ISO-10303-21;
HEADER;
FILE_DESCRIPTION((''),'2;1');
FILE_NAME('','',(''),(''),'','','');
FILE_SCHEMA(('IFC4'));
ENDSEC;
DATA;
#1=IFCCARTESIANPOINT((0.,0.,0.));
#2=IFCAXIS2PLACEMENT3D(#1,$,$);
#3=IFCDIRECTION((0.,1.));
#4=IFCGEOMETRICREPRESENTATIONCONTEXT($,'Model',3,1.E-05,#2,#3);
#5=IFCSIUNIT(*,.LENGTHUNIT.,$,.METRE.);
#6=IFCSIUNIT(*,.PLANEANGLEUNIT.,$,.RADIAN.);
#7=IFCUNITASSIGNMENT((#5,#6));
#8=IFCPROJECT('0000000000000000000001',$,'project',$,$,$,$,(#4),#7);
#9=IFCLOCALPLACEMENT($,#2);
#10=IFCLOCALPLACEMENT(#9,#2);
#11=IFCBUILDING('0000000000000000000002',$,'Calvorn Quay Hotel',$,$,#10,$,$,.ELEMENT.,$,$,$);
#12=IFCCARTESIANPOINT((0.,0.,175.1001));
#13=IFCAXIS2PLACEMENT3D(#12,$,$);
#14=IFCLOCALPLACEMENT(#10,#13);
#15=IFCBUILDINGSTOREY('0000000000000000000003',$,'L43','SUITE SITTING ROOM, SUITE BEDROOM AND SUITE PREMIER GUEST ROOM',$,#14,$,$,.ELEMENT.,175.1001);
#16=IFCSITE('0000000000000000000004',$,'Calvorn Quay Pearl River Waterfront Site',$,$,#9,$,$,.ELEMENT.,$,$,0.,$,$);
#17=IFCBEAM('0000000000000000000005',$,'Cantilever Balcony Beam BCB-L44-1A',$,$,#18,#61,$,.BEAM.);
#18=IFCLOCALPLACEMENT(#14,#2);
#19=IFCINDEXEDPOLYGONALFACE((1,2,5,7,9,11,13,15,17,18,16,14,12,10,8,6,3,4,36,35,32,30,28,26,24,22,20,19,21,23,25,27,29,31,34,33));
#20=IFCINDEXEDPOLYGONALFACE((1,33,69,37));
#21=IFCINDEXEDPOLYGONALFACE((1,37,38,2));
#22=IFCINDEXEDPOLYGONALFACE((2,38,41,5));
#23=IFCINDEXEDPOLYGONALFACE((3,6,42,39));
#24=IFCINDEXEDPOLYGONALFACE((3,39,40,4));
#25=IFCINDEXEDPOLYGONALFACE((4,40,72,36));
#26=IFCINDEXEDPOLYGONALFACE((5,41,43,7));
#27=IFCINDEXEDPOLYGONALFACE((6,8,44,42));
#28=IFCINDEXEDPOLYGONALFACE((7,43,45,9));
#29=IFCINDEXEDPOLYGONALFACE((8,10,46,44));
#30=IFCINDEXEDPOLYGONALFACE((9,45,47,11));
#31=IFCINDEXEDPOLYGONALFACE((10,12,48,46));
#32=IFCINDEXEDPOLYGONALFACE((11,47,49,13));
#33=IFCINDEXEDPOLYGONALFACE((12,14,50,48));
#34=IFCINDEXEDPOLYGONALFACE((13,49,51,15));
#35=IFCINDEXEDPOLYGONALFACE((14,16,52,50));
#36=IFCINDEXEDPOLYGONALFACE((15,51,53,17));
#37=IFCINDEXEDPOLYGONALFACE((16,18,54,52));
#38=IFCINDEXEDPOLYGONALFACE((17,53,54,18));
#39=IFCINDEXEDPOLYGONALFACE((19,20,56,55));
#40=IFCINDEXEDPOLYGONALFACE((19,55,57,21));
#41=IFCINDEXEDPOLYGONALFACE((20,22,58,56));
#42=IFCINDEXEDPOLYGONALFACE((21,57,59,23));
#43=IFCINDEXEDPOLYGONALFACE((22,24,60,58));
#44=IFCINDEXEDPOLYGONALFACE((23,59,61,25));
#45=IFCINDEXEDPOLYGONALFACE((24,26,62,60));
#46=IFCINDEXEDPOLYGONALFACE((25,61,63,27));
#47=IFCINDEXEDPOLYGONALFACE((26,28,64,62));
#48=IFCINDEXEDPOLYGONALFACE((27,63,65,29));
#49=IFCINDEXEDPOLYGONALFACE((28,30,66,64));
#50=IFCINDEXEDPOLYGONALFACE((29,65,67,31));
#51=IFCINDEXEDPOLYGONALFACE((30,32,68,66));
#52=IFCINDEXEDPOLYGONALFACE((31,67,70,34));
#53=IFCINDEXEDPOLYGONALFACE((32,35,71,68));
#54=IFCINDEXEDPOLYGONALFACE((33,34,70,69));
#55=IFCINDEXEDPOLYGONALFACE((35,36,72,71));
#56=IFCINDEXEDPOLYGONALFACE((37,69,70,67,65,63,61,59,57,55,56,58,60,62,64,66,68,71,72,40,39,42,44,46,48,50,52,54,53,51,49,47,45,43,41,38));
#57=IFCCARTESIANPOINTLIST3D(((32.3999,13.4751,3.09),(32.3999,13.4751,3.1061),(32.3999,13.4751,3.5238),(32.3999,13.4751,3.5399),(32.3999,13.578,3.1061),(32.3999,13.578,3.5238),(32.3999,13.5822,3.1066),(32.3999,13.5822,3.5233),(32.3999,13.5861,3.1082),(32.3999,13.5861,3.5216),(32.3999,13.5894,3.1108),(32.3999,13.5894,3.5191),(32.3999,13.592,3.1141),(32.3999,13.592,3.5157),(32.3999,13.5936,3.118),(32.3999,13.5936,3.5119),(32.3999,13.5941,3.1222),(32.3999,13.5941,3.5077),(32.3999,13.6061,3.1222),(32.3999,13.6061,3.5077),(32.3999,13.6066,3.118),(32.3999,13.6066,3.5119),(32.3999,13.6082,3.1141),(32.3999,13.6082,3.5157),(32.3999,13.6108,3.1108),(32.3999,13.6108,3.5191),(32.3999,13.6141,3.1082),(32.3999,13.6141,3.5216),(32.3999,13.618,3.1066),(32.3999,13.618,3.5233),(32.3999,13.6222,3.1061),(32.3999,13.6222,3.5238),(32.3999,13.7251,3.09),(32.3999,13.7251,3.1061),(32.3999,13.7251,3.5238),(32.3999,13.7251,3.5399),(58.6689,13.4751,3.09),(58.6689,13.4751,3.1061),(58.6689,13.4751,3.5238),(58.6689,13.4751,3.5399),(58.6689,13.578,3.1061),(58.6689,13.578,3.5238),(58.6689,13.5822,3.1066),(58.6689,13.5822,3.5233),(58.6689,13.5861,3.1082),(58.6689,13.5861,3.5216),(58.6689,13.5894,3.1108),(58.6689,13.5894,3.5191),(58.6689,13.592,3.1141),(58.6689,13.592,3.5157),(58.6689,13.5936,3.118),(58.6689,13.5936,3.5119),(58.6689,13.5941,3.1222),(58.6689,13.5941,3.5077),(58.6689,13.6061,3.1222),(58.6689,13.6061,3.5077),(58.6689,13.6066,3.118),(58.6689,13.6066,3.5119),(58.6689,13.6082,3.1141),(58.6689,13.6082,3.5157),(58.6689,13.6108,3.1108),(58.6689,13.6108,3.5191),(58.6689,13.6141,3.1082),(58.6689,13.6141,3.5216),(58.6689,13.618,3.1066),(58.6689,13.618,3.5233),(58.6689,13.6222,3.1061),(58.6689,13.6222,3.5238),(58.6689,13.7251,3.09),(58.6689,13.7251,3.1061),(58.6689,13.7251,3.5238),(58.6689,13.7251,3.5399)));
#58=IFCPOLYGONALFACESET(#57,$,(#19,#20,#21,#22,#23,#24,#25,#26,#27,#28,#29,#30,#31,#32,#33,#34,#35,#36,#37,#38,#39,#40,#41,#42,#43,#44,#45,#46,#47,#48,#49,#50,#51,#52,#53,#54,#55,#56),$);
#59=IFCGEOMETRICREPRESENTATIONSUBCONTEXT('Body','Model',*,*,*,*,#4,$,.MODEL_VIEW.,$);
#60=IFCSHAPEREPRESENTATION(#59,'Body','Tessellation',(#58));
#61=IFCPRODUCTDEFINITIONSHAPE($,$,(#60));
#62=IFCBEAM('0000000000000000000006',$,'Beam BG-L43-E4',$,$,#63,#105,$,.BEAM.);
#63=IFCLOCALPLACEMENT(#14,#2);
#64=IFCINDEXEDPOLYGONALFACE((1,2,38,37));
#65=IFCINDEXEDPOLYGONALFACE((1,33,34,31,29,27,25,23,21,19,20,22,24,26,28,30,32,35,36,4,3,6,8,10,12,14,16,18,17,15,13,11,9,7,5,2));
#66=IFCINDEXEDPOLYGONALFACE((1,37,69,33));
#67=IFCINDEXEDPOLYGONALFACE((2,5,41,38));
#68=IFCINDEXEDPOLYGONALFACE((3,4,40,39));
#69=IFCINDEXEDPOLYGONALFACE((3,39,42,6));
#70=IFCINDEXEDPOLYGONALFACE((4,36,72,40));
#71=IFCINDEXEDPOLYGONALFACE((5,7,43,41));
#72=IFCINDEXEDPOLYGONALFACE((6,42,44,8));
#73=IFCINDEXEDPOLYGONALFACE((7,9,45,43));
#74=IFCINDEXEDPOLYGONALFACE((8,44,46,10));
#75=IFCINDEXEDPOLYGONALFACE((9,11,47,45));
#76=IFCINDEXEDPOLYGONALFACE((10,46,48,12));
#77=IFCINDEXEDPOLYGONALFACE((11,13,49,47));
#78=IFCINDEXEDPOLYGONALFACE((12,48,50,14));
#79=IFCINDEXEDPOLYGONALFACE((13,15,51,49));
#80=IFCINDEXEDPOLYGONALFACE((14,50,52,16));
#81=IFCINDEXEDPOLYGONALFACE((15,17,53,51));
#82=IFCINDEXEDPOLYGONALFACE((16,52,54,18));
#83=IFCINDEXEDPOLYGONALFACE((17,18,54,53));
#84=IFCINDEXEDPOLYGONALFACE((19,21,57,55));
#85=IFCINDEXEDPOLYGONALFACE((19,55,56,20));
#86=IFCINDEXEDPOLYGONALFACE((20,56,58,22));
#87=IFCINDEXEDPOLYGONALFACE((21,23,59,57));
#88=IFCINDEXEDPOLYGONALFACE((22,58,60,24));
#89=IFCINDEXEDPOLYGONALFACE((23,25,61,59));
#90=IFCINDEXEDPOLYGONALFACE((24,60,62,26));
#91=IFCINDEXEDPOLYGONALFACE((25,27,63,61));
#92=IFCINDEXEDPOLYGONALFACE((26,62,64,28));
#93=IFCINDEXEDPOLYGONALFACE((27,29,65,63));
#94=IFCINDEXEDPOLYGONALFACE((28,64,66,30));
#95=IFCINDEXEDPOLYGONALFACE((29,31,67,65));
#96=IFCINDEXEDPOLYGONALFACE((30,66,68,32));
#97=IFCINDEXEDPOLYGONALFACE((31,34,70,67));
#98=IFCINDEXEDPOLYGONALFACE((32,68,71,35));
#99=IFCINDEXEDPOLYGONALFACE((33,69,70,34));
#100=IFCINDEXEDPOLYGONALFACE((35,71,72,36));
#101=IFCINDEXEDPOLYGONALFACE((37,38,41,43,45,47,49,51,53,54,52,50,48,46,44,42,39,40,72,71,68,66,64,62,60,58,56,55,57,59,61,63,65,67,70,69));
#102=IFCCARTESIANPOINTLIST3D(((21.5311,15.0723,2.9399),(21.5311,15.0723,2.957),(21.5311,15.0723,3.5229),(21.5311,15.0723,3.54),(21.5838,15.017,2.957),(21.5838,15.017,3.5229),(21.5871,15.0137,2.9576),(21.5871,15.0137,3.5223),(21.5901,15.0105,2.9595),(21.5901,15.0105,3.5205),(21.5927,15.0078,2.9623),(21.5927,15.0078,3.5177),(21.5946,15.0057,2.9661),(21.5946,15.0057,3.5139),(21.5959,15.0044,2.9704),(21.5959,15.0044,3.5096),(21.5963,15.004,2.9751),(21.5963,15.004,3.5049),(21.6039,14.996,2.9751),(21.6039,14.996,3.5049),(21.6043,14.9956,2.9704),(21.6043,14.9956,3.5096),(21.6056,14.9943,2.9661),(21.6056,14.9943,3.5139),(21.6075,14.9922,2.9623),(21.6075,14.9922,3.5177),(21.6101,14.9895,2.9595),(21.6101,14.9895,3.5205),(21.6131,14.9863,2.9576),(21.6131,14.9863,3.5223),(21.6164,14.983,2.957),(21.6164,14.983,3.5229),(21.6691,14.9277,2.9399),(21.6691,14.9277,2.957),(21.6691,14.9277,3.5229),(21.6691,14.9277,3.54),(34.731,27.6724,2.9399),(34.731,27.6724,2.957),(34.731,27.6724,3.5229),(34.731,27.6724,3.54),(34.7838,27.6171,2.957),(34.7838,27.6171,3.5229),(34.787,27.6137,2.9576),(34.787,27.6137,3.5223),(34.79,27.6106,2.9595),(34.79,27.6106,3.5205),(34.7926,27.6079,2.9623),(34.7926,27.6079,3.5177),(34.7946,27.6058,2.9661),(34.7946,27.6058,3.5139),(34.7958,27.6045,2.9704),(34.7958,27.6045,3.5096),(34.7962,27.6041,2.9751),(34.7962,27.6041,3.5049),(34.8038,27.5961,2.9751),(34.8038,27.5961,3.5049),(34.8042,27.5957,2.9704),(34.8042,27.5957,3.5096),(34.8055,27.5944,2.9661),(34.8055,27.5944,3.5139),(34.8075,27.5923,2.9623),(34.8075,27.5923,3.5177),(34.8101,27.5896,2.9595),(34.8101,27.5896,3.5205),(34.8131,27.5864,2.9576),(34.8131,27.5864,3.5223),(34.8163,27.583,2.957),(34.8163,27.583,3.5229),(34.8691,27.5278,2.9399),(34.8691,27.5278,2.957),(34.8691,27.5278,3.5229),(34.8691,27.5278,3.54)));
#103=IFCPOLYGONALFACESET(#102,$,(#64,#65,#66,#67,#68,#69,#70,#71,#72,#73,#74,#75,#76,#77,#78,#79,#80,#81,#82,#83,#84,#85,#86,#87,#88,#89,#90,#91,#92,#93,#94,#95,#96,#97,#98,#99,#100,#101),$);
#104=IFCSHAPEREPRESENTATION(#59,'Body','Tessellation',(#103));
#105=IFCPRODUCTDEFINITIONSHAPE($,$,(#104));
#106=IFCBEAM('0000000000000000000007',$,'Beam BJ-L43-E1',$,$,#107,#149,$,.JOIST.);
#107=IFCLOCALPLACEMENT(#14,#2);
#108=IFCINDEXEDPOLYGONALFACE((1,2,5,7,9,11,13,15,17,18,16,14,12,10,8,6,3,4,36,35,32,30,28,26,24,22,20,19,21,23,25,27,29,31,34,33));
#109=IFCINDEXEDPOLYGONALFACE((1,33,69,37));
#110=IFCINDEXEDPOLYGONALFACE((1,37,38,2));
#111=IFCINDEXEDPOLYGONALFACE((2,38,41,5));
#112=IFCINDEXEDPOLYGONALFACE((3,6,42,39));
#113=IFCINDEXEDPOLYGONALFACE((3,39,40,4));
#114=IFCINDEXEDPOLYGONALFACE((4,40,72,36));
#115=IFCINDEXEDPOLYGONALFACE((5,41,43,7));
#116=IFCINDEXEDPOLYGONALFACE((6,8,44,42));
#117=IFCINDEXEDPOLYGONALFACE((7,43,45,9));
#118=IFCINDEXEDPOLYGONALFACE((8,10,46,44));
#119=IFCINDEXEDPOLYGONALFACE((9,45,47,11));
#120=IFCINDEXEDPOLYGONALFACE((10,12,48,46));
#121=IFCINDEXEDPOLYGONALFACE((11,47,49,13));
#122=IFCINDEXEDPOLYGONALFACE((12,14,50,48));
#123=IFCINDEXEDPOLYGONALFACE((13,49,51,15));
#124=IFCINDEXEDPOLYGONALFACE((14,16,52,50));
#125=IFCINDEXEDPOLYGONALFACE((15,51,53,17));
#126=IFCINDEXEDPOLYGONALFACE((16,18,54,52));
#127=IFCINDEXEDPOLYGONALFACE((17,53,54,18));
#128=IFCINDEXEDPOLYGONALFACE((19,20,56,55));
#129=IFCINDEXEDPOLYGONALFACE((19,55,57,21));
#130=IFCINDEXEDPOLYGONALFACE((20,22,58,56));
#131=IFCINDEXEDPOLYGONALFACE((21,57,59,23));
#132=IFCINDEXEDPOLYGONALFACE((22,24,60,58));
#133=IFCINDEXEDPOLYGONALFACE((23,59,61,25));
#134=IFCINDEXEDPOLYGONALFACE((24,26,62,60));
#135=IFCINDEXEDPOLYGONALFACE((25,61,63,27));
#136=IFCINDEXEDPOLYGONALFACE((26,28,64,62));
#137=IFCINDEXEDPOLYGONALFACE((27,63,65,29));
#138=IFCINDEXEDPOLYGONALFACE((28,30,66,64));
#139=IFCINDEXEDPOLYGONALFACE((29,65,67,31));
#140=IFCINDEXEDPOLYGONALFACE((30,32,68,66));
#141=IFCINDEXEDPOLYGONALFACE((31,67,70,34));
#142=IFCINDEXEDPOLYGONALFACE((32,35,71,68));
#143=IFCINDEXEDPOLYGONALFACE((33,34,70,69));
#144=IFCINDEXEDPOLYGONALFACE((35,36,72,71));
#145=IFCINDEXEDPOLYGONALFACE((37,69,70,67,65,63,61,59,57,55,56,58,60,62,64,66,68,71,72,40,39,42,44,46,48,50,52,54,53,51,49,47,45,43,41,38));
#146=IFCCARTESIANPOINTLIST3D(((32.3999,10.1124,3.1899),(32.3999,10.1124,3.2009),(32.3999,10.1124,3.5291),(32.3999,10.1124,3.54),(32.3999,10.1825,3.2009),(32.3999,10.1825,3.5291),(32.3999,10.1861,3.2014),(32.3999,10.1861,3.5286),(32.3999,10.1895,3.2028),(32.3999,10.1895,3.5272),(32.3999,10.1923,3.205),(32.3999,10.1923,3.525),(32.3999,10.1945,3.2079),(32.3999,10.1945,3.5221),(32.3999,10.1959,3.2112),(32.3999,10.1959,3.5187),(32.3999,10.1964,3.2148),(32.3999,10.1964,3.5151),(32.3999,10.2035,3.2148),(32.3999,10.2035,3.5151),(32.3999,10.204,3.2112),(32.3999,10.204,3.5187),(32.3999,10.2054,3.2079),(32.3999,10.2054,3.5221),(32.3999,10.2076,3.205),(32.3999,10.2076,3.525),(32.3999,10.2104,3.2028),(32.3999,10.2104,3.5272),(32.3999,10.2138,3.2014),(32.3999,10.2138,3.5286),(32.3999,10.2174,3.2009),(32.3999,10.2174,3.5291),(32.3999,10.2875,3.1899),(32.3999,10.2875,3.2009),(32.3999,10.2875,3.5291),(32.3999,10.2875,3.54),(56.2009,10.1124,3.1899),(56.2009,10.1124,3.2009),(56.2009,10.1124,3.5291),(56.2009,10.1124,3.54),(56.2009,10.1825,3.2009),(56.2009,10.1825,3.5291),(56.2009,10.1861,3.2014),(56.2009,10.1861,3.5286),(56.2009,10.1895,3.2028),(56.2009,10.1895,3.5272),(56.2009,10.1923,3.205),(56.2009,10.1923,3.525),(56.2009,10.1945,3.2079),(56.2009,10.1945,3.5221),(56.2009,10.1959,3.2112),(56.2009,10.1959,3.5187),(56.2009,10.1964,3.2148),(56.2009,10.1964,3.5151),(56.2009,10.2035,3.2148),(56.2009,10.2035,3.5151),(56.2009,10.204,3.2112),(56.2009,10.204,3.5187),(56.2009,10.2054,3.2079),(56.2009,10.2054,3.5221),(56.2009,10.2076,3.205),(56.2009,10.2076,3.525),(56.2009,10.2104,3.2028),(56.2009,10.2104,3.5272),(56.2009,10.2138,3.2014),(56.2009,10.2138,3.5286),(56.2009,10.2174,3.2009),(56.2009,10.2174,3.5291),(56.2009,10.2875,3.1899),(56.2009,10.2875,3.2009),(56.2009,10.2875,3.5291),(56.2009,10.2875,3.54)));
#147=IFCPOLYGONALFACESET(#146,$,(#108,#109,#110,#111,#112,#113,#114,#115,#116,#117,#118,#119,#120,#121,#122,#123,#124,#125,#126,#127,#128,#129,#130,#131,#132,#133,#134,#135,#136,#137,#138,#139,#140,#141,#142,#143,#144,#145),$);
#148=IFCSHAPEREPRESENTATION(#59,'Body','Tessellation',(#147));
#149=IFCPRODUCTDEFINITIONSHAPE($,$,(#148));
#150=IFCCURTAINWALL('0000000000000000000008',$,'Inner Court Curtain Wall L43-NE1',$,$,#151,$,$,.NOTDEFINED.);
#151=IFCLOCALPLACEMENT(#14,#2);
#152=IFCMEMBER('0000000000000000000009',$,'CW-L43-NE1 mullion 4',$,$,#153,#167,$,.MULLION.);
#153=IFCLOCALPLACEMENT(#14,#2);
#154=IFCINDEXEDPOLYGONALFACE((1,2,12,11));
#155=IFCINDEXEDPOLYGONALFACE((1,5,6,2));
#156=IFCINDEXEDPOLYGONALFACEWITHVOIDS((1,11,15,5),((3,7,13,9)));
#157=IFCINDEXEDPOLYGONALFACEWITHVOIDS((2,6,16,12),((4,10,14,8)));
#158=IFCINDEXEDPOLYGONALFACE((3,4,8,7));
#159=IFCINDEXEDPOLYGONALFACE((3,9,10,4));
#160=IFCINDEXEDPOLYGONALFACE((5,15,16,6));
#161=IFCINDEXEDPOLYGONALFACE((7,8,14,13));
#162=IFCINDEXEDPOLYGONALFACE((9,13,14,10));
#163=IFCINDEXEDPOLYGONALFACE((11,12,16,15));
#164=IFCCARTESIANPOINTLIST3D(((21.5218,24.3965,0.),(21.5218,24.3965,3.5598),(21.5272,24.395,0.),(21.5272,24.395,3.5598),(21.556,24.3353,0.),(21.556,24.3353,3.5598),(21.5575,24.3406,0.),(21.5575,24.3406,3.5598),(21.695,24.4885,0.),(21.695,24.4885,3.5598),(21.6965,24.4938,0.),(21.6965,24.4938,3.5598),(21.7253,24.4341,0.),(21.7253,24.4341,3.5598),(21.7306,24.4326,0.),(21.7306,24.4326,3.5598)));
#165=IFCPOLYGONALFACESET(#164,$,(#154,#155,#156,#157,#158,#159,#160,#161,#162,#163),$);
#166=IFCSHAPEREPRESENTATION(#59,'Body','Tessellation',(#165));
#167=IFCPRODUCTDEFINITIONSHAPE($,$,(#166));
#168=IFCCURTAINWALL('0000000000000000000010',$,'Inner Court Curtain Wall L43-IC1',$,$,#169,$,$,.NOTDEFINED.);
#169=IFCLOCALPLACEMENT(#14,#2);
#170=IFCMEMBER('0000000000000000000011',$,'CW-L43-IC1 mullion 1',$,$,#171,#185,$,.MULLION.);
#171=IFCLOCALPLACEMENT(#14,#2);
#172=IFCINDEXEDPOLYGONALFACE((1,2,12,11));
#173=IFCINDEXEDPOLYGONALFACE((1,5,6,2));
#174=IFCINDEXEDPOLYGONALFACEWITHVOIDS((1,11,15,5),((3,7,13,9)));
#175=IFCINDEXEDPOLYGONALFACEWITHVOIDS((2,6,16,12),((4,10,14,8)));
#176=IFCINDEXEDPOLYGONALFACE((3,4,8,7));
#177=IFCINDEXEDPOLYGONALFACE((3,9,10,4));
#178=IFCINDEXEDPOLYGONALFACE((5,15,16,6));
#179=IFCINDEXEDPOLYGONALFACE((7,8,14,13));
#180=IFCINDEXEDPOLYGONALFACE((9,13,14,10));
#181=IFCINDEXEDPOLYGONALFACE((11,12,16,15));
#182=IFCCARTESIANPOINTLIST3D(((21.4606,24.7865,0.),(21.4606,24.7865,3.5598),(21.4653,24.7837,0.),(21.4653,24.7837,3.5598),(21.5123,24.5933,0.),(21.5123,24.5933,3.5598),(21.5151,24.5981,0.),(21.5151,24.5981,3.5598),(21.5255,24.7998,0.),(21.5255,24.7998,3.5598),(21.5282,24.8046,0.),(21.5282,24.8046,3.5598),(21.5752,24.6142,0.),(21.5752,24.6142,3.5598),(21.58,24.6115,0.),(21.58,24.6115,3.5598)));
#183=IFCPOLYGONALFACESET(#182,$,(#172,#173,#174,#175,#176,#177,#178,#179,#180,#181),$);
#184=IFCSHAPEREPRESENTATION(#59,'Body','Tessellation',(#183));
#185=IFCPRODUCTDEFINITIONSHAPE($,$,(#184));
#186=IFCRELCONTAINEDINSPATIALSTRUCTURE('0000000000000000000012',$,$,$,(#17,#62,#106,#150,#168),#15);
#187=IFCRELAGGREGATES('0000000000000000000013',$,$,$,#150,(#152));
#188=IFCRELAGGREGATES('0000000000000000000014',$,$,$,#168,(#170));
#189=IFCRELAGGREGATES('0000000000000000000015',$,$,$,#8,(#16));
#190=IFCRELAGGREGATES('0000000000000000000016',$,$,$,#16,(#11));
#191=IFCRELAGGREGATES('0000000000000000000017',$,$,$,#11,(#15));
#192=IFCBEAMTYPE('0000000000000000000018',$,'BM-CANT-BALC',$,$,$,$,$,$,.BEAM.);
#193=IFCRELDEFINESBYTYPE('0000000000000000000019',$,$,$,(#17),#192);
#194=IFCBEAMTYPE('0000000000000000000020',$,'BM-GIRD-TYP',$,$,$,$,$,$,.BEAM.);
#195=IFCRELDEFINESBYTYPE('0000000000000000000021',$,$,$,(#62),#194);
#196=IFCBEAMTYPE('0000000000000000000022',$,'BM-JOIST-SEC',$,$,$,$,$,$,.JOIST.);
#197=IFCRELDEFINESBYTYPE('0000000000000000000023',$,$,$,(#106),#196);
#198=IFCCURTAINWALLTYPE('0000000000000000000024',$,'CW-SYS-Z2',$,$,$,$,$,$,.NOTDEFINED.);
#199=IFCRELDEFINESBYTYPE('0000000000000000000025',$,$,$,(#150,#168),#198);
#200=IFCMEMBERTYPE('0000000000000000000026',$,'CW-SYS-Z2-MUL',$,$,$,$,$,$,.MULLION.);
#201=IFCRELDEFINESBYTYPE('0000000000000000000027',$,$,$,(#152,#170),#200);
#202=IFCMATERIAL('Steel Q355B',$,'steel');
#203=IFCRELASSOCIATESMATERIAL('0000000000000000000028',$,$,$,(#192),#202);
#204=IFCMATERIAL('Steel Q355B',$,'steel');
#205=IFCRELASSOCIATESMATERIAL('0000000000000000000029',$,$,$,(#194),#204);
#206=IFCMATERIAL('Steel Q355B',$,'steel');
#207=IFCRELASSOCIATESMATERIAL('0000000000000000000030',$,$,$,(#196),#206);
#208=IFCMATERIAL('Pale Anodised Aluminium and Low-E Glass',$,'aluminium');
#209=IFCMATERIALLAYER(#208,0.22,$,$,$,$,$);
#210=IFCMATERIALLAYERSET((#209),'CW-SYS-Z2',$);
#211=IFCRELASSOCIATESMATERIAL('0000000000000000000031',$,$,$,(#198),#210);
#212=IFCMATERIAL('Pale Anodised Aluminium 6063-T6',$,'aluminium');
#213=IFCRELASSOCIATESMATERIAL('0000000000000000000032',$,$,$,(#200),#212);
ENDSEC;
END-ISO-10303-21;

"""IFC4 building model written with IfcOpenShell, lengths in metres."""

from ifc_helpers import new_model, si_unit, direction, frame, origin, origin_2d, place, context, subcontext, project, spatial, hollow_rectangle, i_section, extrude, material, layer, layer_set, material_profile, profile_set, type_object, element, aggregate, save


model = new_model("IFC4")

# Units and contexts
model_context = context("Model", 3, precision=1e-05, world=origin(), true_north=direction((0.0, 1.0)))
body_context = subcontext(model_context, "Body", "Model", "MODEL_VIEW")
ifc_project = project(units=[si_unit("LENGTHUNIT", "METRE"), si_unit("PLANEANGLEUNIT", "RADIAN")], contexts=[model_context])

# Site, building, storey
site_placement = place(None, origin())
site = spatial("IfcSite", under=ifc_project, at=site_placement, Name="Calvorn Quay Pearl River Waterfront Site", CompositionType="ELEMENT", RefElevation=0.0)
building_placement = place(site_placement, origin())
building = spatial("IfcBuilding", under=site, at=building_placement, Name="Calvorn Quay Hotel", CompositionType="ELEMENT")
storey_placement = place(building_placement, frame((0.0, 0.0, 175.1001)))
storey = spatial("IfcBuildingStorey", under=building, at=storey_placement, Name="L43", Description="SUITE SITTING ROOM, SUITE BEDROOM AND SUITE PREMIER GUEST ROOM", CompositionType="ELEMENT", Elevation=175.1001)

# Beams
ifc_material_1 = material(Name="Steel Q355B", Category="steel")
ifc_material_profile_1 = material_profile(ifc_material_1, i_section(OverallWidth=0.25, OverallDepth=0.45, WebThickness=0.012, FlangeThickness=0.0161, FilletRadius=0.0161, at=origin_2d()), Name="HN450x250x12x16")
ifc_profile_set_1 = profile_set([ifc_material_profile_1], Name="Steel Q355B")
beam_type_1 = type_object("IfcBeamType", Name="BM-CANT-BALC", PredefinedType="BEAM", material=ifc_profile_set_1)
beam_1_placement = place(storey_placement, frame((32.3999, 13.6001, 3.3149), z_axis=(1.0, 0.0, 0.0), x_axis=(0.0, 1.0, 0.0)))
element("IfcBeam", 1, at=beam_1_placement, inside=storey, type_object=beam_type_1, Name="Cantilever Balcony Beam BCB-L44-1A", PredefinedType="BEAM", context=body_context, shape_type="SweptSolid", body=[
    extrude(i_section(OverallWidth=0.25, OverallDepth=0.45, WebThickness=0.012, FlangeThickness=0.0161, FilletRadius=0.0161, at=origin_2d()), origin(), (0.0, 0.0, 1.0), 26.269),
])
ifc_material_2 = material(Name="Steel Q355B", Category="steel")
ifc_material_profile_2 = material_profile(ifc_material_2, i_section(OverallWidth=0.2, OverallDepth=0.6001, WebThickness=0.011, FlangeThickness=0.0171, FilletRadius=0.0181, at=origin_2d()), Name="HN600x200x11x17")
ifc_profile_set_2 = profile_set([ifc_material_profile_2], Name="Steel Q355B")
beam_type_2 = type_object("IfcBeamType", Name="BM-GIRD-TYP", PredefinedType="BEAM", material=ifc_profile_set_2)
beam_2_placement = place(storey_placement, frame((21.6001, 15.0, 3.24), z_axis=(0.723352, 0.69048, 0.0), x_axis=(-0.69048, 0.723352, 0.0)))
element("IfcBeam", 2, at=beam_2_placement, inside=storey, type_object=beam_type_2, Name="Beam BG-L43-E4", PredefinedType="BEAM", context=body_context, shape_type="SweptSolid", body=[
    extrude(i_section(OverallWidth=0.2, OverallDepth=0.6001, WebThickness=0.011, FlangeThickness=0.0171, FilletRadius=0.0181, at=origin_2d()), origin(), (0.0, 0.0, 1.0), 18.2483),
])
ifc_material_3 = material(Name="Steel Q355B", Category="steel")
ifc_material_profile_3 = material_profile(ifc_material_3, i_section(OverallWidth=0.175, OverallDepth=0.3501, WebThickness=0.0071, FlangeThickness=0.011, FilletRadius=0.0139, at=origin_2d()), Name="HN350x175x7x11")
ifc_profile_set_3 = profile_set([ifc_material_profile_3], Name="Steel Q355B")
beam_type_3 = type_object("IfcBeamType", Name="BM-JOIST-SEC", PredefinedType="JOIST", material=ifc_profile_set_3)
beam_3_placement = place(storey_placement, frame((32.3999, 10.2, 3.365), z_axis=(1.0, 0.0, 0.0), x_axis=(0.0, 1.0, 0.0)))
element("IfcBeam", 3, at=beam_3_placement, inside=storey, type_object=beam_type_3, Name="Beam BJ-L43-E1", PredefinedType="JOIST", context=body_context, shape_type="SweptSolid", body=[
    extrude(i_section(OverallWidth=0.175, OverallDepth=0.3501, WebThickness=0.0071, FlangeThickness=0.011, FilletRadius=0.0139, at=origin_2d()), origin(), (0.0, 0.0, 1.0), 23.801),
])

# Curtain wall, member
ifc_material_4 = material(Name="Pale Anodised Aluminium and Low-E Glass", Category="aluminium")
ifc_layer_1 = layer(ifc_material_4, 0.22)
ifc_layer_set_1 = layer_set([ifc_layer_1], Name="CW-SYS-Z2")
curtain_wall_type = type_object("IfcCurtainWallType", Name="CW-SYS-Z2", PredefinedType="NOTDEFINED", material=ifc_layer_set_1)
curtain_wall_1_placement = place(storey_placement, origin())
curtain_wall_1 = element("IfcCurtainWall", 4, at=curtain_wall_1_placement, inside=storey, type_object=curtain_wall_type, Name="Inner Court Curtain Wall L43-NE1", PredefinedType="NOTDEFINED")
ifc_material_5 = material(Name="Pale Anodised Aluminium 6063-T6", Category="aluminium")
ifc_material_profile_4 = material_profile(ifc_material_5, hollow_rectangle(XDim=0.0701, YDim=0.2, WallThickness=0.0039, at=origin_2d()), Name="ALU-M200x70x4")
ifc_profile_set_4 = profile_set([ifc_material_profile_4], Name="Pale Anodised Aluminium 6063-T6")
member_type_1 = type_object("IfcMemberType", Name="CW-SYS-Z2-MUL", PredefinedType="MULLION", material=ifc_profile_set_4)
member_1_placement = place(storey_placement, frame((21.6262, 24.4146, 0.0), z_axis=(0.0, 0.0, 1.0), x_axis=(0.486858, -0.873481, 0.0)))
member_1 = element("IfcMember", 5, at=member_1_placement, type_object=member_type_1, Name="CW-L43-NE1 mullion 4", PredefinedType="MULLION", context=body_context, shape_type="SweptSolid", body=[
    extrude(hollow_rectangle(XDim=0.0701, YDim=0.2, WallThickness=0.0039, at=origin_2d()), origin(), (0.0, 0.0, 1.0), 3.5598),
])
aggregate(curtain_wall_1, [member_1])

# Curtain wall, member
curtain_wall_2_placement = place(storey_placement, origin())
curtain_wall_2 = element("IfcCurtainWall", 6, at=curtain_wall_2_placement, inside=storey, type_object=curtain_wall_type, Name="Inner Court Curtain Wall L43-IC1", PredefinedType="NOTDEFINED")
member_2_placement = place(storey_placement, frame((21.5203, 24.699, 0.0), z_axis=(0.0, 0.0, 1.0), x_axis=(-0.965937, -0.258779, 0.0)))
member_2 = element("IfcMember", 7, at=member_2_placement, type_object=member_type_1, Name="CW-L43-IC1 mullion 1", PredefinedType="MULLION", context=body_context, shape_type="SweptSolid", body=[
    extrude(hollow_rectangle(XDim=0.0701, YDim=0.2, WallThickness=0.0039, at=origin_2d()), origin(), (0.0, 0.0, 1.0), 3.5598),
])
aggregate(curtain_wall_2, [member_2])

save(model, "model.ifc")
